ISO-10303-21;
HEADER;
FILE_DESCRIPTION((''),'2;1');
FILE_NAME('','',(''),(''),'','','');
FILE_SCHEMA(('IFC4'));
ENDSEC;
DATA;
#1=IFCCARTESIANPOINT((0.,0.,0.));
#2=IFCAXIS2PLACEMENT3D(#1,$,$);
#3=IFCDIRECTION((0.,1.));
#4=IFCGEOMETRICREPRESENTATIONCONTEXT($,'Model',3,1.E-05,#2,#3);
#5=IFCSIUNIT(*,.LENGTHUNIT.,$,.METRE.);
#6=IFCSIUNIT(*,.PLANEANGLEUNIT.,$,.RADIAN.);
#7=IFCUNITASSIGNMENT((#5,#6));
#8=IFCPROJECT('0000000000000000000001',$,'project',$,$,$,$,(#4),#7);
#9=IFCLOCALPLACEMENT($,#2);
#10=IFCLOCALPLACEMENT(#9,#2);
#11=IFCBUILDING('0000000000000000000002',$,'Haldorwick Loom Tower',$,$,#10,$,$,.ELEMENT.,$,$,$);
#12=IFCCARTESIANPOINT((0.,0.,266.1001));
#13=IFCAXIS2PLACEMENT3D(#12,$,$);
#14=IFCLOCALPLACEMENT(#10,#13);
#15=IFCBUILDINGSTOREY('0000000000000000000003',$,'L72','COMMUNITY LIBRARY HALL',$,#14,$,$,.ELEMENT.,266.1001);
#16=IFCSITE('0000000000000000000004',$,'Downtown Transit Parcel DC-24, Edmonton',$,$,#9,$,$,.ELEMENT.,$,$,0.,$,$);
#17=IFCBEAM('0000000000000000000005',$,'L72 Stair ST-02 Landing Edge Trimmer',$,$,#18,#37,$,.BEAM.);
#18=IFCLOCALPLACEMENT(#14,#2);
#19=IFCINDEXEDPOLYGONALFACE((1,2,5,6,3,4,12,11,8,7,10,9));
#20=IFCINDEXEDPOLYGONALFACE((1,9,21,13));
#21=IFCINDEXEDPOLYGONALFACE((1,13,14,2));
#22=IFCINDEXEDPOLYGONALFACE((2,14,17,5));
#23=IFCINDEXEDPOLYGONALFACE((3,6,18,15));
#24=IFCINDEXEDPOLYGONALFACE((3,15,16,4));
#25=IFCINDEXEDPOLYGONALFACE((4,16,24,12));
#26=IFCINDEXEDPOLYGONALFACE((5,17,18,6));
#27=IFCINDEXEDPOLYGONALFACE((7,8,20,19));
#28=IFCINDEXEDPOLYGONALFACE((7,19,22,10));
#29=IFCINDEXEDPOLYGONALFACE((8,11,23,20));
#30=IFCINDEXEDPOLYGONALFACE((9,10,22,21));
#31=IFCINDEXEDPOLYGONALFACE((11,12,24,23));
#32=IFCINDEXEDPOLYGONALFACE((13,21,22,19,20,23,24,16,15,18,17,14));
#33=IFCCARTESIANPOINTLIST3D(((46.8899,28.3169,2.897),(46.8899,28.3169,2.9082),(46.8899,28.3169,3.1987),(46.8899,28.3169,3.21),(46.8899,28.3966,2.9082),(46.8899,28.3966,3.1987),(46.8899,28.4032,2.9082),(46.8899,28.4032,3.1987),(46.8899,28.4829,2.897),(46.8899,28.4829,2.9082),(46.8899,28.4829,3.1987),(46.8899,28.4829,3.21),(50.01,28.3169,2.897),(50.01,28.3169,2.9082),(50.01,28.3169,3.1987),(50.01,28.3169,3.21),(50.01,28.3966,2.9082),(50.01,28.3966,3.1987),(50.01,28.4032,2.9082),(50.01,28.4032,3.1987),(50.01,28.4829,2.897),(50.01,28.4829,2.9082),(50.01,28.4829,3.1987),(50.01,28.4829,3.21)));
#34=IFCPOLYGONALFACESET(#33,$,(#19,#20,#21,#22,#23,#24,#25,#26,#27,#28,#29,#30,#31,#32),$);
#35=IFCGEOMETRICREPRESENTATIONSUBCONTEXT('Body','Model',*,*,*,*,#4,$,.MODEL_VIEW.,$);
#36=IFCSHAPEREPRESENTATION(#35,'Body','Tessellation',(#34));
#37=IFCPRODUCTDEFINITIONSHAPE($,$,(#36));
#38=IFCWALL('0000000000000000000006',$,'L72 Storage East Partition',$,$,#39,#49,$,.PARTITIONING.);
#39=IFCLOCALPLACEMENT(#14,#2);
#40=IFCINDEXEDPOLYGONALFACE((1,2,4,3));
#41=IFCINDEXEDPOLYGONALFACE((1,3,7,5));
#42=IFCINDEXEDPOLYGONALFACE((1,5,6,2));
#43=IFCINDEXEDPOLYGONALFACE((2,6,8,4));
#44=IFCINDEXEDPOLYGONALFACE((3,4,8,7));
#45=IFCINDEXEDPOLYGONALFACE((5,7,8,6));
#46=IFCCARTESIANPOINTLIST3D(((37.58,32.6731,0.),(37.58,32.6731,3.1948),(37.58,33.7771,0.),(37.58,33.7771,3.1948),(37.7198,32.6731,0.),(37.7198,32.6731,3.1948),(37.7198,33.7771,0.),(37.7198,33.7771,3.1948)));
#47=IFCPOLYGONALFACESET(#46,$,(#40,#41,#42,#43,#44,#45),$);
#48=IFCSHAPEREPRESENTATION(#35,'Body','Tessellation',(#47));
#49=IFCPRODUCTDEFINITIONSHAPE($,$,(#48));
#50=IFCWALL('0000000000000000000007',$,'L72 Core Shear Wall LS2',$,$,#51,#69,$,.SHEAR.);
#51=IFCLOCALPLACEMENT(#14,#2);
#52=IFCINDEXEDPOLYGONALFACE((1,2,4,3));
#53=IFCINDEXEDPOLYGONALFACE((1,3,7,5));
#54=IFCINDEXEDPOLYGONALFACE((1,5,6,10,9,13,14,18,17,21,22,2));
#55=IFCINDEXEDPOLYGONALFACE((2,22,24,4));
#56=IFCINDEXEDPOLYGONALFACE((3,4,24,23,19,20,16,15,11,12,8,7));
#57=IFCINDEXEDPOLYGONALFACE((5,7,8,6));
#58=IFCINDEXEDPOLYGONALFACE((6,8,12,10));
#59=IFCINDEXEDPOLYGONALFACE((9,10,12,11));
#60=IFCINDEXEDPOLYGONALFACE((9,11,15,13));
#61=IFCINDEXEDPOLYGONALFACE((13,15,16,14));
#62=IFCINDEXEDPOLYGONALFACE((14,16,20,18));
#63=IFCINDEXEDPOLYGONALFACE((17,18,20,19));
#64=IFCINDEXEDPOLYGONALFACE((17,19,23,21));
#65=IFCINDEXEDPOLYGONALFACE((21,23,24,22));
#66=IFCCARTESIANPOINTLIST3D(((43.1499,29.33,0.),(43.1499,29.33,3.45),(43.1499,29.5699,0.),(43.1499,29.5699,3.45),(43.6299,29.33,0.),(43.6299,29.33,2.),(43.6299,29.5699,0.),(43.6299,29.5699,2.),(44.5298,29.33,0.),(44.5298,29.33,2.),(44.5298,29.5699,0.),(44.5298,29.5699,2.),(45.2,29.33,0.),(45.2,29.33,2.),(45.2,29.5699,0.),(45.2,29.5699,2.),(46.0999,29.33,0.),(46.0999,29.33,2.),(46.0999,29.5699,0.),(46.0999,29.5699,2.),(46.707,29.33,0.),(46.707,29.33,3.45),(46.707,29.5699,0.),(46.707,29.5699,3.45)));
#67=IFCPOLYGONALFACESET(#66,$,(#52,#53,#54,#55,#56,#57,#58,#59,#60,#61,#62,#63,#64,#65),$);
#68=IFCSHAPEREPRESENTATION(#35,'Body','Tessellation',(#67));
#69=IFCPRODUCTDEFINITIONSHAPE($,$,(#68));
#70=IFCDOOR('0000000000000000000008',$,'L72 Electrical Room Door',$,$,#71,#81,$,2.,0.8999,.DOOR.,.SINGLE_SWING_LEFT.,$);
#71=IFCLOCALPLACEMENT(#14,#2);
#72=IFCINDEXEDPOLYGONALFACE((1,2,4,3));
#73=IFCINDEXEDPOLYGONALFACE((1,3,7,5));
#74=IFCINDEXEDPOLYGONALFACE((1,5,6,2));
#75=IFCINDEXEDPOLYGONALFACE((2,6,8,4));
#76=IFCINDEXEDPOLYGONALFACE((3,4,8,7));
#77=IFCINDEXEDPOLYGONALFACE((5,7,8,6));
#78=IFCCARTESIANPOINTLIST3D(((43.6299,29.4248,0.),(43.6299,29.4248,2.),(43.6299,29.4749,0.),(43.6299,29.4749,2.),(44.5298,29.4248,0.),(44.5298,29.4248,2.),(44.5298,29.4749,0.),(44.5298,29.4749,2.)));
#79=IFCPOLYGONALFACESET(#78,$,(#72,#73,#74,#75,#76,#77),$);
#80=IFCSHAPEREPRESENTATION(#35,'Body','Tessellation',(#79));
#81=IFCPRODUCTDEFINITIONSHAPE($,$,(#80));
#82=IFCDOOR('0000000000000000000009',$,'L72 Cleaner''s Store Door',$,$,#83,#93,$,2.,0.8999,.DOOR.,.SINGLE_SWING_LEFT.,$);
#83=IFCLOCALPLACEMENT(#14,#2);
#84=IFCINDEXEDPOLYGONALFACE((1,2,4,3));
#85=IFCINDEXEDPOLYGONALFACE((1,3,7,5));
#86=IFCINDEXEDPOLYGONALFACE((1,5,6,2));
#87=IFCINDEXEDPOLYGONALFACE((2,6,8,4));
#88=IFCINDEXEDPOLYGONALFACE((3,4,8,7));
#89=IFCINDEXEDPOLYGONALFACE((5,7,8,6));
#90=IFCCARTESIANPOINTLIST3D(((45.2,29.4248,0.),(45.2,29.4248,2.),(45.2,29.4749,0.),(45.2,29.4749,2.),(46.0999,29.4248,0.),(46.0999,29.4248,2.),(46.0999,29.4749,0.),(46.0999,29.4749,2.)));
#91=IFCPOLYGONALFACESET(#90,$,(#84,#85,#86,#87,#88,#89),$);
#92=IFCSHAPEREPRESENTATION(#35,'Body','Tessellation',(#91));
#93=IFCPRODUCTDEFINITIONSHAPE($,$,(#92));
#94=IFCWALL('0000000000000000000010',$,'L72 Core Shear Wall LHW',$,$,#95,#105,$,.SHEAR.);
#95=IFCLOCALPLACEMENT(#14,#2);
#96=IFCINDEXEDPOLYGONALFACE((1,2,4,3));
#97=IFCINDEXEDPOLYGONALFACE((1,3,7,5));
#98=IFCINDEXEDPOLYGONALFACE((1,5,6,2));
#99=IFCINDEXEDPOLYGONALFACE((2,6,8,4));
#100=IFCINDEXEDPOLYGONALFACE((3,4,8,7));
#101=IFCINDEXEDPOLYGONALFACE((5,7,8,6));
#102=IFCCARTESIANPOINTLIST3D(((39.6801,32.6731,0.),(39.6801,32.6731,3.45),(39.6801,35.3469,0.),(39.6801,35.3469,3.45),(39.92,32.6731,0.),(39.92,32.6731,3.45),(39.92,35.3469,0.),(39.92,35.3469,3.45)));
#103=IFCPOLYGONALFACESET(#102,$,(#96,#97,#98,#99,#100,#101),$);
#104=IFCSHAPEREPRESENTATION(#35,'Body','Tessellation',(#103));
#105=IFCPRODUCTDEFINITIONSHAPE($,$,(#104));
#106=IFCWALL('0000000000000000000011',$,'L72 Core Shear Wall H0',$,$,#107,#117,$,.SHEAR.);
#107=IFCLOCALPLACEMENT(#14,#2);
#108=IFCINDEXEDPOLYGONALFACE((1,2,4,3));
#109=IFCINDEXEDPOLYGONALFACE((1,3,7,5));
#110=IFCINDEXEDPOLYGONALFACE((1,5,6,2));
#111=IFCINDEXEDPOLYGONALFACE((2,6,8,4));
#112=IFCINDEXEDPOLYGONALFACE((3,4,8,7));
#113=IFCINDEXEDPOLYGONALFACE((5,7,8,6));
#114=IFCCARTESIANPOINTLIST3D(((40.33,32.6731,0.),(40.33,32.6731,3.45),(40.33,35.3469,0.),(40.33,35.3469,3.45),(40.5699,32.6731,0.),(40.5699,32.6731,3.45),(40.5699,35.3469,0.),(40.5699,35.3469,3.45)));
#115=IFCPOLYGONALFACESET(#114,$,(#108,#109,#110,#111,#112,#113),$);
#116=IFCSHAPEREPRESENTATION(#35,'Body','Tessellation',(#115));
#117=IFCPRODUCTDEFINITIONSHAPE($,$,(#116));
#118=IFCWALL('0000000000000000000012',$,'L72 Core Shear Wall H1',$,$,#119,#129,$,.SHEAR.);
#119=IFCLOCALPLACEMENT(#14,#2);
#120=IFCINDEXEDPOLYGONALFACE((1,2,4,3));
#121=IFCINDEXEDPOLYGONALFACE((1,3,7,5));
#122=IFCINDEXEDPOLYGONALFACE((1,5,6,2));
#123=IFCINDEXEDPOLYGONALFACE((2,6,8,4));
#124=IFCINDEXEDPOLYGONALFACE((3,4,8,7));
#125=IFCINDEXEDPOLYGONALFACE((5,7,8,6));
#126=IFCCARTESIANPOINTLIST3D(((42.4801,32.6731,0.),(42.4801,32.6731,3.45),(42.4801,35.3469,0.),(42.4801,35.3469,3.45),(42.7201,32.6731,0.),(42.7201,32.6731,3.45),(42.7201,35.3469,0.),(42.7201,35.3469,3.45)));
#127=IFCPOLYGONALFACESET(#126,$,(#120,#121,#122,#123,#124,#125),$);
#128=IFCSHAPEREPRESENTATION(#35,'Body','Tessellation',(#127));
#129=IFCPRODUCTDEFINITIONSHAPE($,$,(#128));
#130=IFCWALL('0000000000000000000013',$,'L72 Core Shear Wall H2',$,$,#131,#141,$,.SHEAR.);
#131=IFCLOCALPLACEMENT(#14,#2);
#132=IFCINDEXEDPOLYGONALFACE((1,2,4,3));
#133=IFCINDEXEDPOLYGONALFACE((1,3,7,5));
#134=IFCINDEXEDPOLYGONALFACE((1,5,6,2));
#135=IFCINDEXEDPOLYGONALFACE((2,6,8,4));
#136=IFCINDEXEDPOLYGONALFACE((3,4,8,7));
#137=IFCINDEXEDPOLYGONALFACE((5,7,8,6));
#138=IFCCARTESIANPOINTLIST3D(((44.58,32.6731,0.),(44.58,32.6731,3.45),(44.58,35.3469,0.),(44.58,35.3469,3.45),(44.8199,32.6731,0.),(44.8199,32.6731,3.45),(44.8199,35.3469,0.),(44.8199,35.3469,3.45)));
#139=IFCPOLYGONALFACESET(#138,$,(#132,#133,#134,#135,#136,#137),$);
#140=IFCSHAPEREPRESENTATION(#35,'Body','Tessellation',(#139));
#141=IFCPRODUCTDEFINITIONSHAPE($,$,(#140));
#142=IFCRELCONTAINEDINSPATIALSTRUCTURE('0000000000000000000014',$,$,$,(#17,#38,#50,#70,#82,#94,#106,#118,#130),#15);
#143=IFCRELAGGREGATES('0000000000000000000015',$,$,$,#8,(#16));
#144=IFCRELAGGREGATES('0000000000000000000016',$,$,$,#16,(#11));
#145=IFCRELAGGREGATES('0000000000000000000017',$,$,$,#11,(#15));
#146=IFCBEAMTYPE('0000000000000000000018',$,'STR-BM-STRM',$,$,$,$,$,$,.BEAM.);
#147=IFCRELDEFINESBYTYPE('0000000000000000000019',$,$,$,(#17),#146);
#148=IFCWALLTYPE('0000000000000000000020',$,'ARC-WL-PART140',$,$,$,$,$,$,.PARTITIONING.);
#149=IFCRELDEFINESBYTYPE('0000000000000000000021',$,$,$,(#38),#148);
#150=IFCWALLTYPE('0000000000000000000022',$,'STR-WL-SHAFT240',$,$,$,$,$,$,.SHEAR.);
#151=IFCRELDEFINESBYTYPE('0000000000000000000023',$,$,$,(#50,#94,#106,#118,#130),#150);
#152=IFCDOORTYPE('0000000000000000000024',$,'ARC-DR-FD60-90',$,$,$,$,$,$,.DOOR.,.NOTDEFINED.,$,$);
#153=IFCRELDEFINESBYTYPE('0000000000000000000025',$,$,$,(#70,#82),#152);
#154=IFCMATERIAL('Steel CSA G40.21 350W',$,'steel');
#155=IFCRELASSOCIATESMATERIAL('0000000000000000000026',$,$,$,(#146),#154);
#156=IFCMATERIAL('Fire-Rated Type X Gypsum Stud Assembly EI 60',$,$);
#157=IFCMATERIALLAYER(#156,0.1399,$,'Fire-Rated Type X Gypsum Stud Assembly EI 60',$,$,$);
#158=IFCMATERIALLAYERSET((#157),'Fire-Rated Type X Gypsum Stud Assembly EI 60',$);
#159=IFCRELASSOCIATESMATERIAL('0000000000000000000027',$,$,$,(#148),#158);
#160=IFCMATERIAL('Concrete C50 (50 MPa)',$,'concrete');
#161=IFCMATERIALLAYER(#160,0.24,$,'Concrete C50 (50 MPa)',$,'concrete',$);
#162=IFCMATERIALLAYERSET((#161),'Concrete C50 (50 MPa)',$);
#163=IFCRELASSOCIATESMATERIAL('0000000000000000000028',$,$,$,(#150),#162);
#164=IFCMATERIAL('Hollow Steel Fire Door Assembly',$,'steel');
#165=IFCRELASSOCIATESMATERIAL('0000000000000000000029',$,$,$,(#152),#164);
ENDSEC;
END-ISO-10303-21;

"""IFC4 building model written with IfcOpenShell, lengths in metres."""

from ifc_helpers import new_model, si_unit, direction, frame, frame_2d, origin, origin_2d, place, context, subcontext, project, spatial, rectangle, i_section, extrude, material, layer, layer_set, material_profile, profile_set, type_object, element, fill, save


model = new_model("IFC4")

# Units and contexts
model_context = context("Model", 3, precision=1e-05, world=origin(), true_north=direction((0.0, 1.0)))
body_context = subcontext(model_context, "Body", "Model", "MODEL_VIEW")
ifc_project = project(units=[si_unit("LENGTHUNIT", "METRE"), si_unit("PLANEANGLEUNIT", "RADIAN")], contexts=[model_context])

# Site, building, storey
site_placement = place(None, origin())
site = spatial("IfcSite", under=ifc_project, at=site_placement, Name="Downtown Transit Parcel DC-24, Edmonton", CompositionType="ELEMENT", RefElevation=0.0)
building_placement = place(site_placement, origin())
building = spatial("IfcBuilding", under=site, at=building_placement, Name="Haldorwick Loom Tower", CompositionType="ELEMENT")
storey_placement = place(building_placement, frame((0.0, 0.0, 266.1001)))
storey = spatial("IfcBuildingStorey", under=building, at=storey_placement, Name="L72", Description="COMMUNITY LIBRARY HALL", CompositionType="ELEMENT", Elevation=266.1001)

# Shared definitions
ifc_material_1 = material(Name="Steel CSA G40.21 350W", Category="steel")

# Beam
ifc_material_2 = material(Name="Concrete C50 (50 MPa)", Category="concrete")
ifc_material_profile_1 = material_profile(ifc_material_1, i_section(OverallWidth=0.166, OverallDepth=0.313, WebThickness=0.0066, FlangeThickness=0.0112, at=origin_2d()), Name="W310X45", Category="steel")
ifc_profile_set_1 = profile_set([ifc_material_profile_1], Name="Steel CSA G40.21 350W")
beam_type_1 = type_object("IfcBeamType", Name="STR-BM-STRM", PredefinedType="BEAM", material=ifc_profile_set_1)
beam_1_placement = place(storey_placement, frame((46.8899, 28.3999, 3.0535), z_axis=(1.0, 0.0, 0.0), x_axis=(0.0, 1.0, 0.0)))
element("IfcBeam", 1, at=beam_1_placement, inside=storey, type_object=beam_type_1, Name="L72 Stair ST-02 Landing Edge Trimmer", PredefinedType="BEAM", context=body_context, shape_type="SweptSolid", body=[
    extrude(i_section(OverallWidth=0.166, OverallDepth=0.313, WebThickness=0.0066, FlangeThickness=0.0112, at=origin_2d()), origin(), (0.0, 0.0, 1.0), 3.1201),
])

# Wall
ifc_material_3 = material(Name="Fire-Rated Type X Gypsum Stud Assembly EI 60")
ifc_layer_1 = layer(ifc_material_3, 0.1399, Name="Fire-Rated Type X Gypsum Stud Assembly EI 60")
ifc_layer_set_1 = layer_set([ifc_layer_1], Name="Fire-Rated Type X Gypsum Stud Assembly EI 60")
wall_type_1 = type_object("IfcWallType", Name="ARC-WL-PART140", PredefinedType="PARTITIONING", material=ifc_layer_set_1)
wall_1_placement = place(storey_placement, frame((37.6499, 32.6731, 0.0), z_axis=(0.0, 0.0, 1.0), x_axis=(0.0, 1.0, 0.0)))
element("IfcWall", 2, at=wall_1_placement, inside=storey, type_object=wall_type_1, Name="L72 Storage East Partition", PredefinedType="PARTITIONING", context=body_context, shape_type="SweptSolid", body=[
    extrude(rectangle(XDim=1.104, YDim=0.1399, at=frame_2d((0.552, 0.0))), origin(), (0.0, 0.0, 1.0), 3.1948),
])

# Wall, openings, doors
ifc_layer_2 = layer(ifc_material_2, 0.24, Name="Concrete C50 (50 MPa)", Category="concrete")
ifc_layer_set_2 = layer_set([ifc_layer_2], Name="Concrete C50 (50 MPa)")
wall_type_2 = type_object("IfcWallType", Name="STR-WL-SHAFT240", PredefinedType="SHEAR", material=ifc_layer_set_2)
wall_2_placement = place(storey_placement, frame((43.1499, 29.45, 0.0), z_axis=(0.0, 0.0, 1.0), x_axis=(1.0, 0.0, 0.0)))
wall_2 = element("IfcWall", 3, at=wall_2_placement, inside=storey, type_object=wall_type_2, Name="L72 Core Shear Wall LS2", PredefinedType="SHEAR", context=body_context, shape_type="SweptSolid", body=[
    extrude(rectangle(XDim=3.5571, YDim=0.24, at=frame_2d((1.7786, 0.0))), origin(), (0.0, 0.0, 1.0), 3.45),
])
opening_1_placement = place(wall_2_placement, frame((0.48, 0.0, 0.0)))
opening_1 = element("IfcOpeningElement", 4, at=opening_1_placement, cuts=wall_2, PredefinedType="OPENING", context=body_context, shape_type="SweptSolid", body=[
    extrude(rectangle(XDim=0.8999, YDim=2.0, at=frame_2d((0.45, 1.0))), frame((0.0, 0.1299, 0.0), z_axis=(0.0, -1.0, 0.0), x_axis=(1.0, 0.0, 0.0)), (0.0, 0.0, 1.0), 0.26),
])
opening_2_placement = place(wall_2_placement, frame((2.05, 0.0, 0.0)))
opening_2 = element("IfcOpeningElement", 5, at=opening_2_placement, cuts=wall_2, PredefinedType="OPENING", context=body_context, shape_type="SweptSolid", body=[
    extrude(rectangle(XDim=0.8999, YDim=2.0, at=frame_2d((0.45, 1.0))), frame((0.0, 0.1299, 0.0), z_axis=(0.0, -1.0, 0.0), x_axis=(1.0, 0.0, 0.0)), (0.0, 0.0, 1.0), 0.26),
])
ifc_material_4 = material(Name="Hollow Steel Fire Door Assembly", Category="steel")
door_type = type_object("IfcDoorType", Name="ARC-DR-FD60-90", OperationType="NOTDEFINED", PredefinedType="DOOR", material=ifc_material_4)
door_1_placement = place(opening_1_placement, origin())
door_1 = element("IfcDoor", 6, at=door_1_placement, inside=storey, type_object=door_type, Name="L72 Electrical Room Door", OperationType="SINGLE_SWING_LEFT", OverallHeight=2.0, OverallWidth=0.8999, PredefinedType="DOOR", context=body_context, shape_type="SweptSolid", body=[
    extrude(rectangle(XDim=0.8999, YDim=2.0, at=frame_2d((0.45, 1.0))), frame((0.0, 0.0249, 0.0), z_axis=(0.0, -1.0, 0.0), x_axis=(1.0, 0.0, 0.0)), (0.0, 0.0, 1.0), 0.05),
])
fill(opening_1, door_1)
door_2_placement = place(opening_2_placement, origin())
door_2 = element("IfcDoor", 7, at=door_2_placement, inside=storey, type_object=door_type, Name="L72 Cleaner's Store Door", OperationType="SINGLE_SWING_LEFT", OverallHeight=2.0, OverallWidth=0.8999, PredefinedType="DOOR", context=body_context, shape_type="SweptSolid", body=[
    extrude(rectangle(XDim=0.8999, YDim=2.0, at=frame_2d((0.45, 1.0))), frame((0.0, 0.0249, 0.0), z_axis=(0.0, -1.0, 0.0), x_axis=(1.0, 0.0, 0.0)), (0.0, 0.0, 1.0), 0.05),
])
fill(opening_2, door_2)

# Walls
for number, where, z_axis, x_axis, name in (
    (8, (39.8, 32.6731, 0.0), (0.0, 0.0, 1.0), (0.0, 1.0, 0.0), "L72 Core Shear Wall LHW"),
    (9, (40.45, 32.6731, 0.0), (0.0, 0.0, 1.0), (0.0, 1.0, 0.0), "L72 Core Shear Wall H0"),
    (10, (42.6001, 32.6731, 0.0), (0.0, 0.0, 1.0), (0.0, 1.0, 0.0), "L72 Core Shear Wall H1"),
    (11, (44.7, 32.6731, 0.0), (0.0, 0.0, 1.0), (0.0, 1.0, 0.0), "L72 Core Shear Wall H2"),
):
    element("IfcWall", number, at=place(storey_placement, frame(where, z_axis=z_axis, x_axis=x_axis)), inside=storey, type_object=wall_type_2, Name=name, PredefinedType="SHEAR", context=body_context, shape_type="SweptSolid", body=[
        extrude(rectangle(XDim=2.6738, YDim=0.24, at=frame_2d((1.3369, 0.0))), origin(), (0.0, 0.0, 1.0), 3.45),
    ])

save(model, "model.ifc")
